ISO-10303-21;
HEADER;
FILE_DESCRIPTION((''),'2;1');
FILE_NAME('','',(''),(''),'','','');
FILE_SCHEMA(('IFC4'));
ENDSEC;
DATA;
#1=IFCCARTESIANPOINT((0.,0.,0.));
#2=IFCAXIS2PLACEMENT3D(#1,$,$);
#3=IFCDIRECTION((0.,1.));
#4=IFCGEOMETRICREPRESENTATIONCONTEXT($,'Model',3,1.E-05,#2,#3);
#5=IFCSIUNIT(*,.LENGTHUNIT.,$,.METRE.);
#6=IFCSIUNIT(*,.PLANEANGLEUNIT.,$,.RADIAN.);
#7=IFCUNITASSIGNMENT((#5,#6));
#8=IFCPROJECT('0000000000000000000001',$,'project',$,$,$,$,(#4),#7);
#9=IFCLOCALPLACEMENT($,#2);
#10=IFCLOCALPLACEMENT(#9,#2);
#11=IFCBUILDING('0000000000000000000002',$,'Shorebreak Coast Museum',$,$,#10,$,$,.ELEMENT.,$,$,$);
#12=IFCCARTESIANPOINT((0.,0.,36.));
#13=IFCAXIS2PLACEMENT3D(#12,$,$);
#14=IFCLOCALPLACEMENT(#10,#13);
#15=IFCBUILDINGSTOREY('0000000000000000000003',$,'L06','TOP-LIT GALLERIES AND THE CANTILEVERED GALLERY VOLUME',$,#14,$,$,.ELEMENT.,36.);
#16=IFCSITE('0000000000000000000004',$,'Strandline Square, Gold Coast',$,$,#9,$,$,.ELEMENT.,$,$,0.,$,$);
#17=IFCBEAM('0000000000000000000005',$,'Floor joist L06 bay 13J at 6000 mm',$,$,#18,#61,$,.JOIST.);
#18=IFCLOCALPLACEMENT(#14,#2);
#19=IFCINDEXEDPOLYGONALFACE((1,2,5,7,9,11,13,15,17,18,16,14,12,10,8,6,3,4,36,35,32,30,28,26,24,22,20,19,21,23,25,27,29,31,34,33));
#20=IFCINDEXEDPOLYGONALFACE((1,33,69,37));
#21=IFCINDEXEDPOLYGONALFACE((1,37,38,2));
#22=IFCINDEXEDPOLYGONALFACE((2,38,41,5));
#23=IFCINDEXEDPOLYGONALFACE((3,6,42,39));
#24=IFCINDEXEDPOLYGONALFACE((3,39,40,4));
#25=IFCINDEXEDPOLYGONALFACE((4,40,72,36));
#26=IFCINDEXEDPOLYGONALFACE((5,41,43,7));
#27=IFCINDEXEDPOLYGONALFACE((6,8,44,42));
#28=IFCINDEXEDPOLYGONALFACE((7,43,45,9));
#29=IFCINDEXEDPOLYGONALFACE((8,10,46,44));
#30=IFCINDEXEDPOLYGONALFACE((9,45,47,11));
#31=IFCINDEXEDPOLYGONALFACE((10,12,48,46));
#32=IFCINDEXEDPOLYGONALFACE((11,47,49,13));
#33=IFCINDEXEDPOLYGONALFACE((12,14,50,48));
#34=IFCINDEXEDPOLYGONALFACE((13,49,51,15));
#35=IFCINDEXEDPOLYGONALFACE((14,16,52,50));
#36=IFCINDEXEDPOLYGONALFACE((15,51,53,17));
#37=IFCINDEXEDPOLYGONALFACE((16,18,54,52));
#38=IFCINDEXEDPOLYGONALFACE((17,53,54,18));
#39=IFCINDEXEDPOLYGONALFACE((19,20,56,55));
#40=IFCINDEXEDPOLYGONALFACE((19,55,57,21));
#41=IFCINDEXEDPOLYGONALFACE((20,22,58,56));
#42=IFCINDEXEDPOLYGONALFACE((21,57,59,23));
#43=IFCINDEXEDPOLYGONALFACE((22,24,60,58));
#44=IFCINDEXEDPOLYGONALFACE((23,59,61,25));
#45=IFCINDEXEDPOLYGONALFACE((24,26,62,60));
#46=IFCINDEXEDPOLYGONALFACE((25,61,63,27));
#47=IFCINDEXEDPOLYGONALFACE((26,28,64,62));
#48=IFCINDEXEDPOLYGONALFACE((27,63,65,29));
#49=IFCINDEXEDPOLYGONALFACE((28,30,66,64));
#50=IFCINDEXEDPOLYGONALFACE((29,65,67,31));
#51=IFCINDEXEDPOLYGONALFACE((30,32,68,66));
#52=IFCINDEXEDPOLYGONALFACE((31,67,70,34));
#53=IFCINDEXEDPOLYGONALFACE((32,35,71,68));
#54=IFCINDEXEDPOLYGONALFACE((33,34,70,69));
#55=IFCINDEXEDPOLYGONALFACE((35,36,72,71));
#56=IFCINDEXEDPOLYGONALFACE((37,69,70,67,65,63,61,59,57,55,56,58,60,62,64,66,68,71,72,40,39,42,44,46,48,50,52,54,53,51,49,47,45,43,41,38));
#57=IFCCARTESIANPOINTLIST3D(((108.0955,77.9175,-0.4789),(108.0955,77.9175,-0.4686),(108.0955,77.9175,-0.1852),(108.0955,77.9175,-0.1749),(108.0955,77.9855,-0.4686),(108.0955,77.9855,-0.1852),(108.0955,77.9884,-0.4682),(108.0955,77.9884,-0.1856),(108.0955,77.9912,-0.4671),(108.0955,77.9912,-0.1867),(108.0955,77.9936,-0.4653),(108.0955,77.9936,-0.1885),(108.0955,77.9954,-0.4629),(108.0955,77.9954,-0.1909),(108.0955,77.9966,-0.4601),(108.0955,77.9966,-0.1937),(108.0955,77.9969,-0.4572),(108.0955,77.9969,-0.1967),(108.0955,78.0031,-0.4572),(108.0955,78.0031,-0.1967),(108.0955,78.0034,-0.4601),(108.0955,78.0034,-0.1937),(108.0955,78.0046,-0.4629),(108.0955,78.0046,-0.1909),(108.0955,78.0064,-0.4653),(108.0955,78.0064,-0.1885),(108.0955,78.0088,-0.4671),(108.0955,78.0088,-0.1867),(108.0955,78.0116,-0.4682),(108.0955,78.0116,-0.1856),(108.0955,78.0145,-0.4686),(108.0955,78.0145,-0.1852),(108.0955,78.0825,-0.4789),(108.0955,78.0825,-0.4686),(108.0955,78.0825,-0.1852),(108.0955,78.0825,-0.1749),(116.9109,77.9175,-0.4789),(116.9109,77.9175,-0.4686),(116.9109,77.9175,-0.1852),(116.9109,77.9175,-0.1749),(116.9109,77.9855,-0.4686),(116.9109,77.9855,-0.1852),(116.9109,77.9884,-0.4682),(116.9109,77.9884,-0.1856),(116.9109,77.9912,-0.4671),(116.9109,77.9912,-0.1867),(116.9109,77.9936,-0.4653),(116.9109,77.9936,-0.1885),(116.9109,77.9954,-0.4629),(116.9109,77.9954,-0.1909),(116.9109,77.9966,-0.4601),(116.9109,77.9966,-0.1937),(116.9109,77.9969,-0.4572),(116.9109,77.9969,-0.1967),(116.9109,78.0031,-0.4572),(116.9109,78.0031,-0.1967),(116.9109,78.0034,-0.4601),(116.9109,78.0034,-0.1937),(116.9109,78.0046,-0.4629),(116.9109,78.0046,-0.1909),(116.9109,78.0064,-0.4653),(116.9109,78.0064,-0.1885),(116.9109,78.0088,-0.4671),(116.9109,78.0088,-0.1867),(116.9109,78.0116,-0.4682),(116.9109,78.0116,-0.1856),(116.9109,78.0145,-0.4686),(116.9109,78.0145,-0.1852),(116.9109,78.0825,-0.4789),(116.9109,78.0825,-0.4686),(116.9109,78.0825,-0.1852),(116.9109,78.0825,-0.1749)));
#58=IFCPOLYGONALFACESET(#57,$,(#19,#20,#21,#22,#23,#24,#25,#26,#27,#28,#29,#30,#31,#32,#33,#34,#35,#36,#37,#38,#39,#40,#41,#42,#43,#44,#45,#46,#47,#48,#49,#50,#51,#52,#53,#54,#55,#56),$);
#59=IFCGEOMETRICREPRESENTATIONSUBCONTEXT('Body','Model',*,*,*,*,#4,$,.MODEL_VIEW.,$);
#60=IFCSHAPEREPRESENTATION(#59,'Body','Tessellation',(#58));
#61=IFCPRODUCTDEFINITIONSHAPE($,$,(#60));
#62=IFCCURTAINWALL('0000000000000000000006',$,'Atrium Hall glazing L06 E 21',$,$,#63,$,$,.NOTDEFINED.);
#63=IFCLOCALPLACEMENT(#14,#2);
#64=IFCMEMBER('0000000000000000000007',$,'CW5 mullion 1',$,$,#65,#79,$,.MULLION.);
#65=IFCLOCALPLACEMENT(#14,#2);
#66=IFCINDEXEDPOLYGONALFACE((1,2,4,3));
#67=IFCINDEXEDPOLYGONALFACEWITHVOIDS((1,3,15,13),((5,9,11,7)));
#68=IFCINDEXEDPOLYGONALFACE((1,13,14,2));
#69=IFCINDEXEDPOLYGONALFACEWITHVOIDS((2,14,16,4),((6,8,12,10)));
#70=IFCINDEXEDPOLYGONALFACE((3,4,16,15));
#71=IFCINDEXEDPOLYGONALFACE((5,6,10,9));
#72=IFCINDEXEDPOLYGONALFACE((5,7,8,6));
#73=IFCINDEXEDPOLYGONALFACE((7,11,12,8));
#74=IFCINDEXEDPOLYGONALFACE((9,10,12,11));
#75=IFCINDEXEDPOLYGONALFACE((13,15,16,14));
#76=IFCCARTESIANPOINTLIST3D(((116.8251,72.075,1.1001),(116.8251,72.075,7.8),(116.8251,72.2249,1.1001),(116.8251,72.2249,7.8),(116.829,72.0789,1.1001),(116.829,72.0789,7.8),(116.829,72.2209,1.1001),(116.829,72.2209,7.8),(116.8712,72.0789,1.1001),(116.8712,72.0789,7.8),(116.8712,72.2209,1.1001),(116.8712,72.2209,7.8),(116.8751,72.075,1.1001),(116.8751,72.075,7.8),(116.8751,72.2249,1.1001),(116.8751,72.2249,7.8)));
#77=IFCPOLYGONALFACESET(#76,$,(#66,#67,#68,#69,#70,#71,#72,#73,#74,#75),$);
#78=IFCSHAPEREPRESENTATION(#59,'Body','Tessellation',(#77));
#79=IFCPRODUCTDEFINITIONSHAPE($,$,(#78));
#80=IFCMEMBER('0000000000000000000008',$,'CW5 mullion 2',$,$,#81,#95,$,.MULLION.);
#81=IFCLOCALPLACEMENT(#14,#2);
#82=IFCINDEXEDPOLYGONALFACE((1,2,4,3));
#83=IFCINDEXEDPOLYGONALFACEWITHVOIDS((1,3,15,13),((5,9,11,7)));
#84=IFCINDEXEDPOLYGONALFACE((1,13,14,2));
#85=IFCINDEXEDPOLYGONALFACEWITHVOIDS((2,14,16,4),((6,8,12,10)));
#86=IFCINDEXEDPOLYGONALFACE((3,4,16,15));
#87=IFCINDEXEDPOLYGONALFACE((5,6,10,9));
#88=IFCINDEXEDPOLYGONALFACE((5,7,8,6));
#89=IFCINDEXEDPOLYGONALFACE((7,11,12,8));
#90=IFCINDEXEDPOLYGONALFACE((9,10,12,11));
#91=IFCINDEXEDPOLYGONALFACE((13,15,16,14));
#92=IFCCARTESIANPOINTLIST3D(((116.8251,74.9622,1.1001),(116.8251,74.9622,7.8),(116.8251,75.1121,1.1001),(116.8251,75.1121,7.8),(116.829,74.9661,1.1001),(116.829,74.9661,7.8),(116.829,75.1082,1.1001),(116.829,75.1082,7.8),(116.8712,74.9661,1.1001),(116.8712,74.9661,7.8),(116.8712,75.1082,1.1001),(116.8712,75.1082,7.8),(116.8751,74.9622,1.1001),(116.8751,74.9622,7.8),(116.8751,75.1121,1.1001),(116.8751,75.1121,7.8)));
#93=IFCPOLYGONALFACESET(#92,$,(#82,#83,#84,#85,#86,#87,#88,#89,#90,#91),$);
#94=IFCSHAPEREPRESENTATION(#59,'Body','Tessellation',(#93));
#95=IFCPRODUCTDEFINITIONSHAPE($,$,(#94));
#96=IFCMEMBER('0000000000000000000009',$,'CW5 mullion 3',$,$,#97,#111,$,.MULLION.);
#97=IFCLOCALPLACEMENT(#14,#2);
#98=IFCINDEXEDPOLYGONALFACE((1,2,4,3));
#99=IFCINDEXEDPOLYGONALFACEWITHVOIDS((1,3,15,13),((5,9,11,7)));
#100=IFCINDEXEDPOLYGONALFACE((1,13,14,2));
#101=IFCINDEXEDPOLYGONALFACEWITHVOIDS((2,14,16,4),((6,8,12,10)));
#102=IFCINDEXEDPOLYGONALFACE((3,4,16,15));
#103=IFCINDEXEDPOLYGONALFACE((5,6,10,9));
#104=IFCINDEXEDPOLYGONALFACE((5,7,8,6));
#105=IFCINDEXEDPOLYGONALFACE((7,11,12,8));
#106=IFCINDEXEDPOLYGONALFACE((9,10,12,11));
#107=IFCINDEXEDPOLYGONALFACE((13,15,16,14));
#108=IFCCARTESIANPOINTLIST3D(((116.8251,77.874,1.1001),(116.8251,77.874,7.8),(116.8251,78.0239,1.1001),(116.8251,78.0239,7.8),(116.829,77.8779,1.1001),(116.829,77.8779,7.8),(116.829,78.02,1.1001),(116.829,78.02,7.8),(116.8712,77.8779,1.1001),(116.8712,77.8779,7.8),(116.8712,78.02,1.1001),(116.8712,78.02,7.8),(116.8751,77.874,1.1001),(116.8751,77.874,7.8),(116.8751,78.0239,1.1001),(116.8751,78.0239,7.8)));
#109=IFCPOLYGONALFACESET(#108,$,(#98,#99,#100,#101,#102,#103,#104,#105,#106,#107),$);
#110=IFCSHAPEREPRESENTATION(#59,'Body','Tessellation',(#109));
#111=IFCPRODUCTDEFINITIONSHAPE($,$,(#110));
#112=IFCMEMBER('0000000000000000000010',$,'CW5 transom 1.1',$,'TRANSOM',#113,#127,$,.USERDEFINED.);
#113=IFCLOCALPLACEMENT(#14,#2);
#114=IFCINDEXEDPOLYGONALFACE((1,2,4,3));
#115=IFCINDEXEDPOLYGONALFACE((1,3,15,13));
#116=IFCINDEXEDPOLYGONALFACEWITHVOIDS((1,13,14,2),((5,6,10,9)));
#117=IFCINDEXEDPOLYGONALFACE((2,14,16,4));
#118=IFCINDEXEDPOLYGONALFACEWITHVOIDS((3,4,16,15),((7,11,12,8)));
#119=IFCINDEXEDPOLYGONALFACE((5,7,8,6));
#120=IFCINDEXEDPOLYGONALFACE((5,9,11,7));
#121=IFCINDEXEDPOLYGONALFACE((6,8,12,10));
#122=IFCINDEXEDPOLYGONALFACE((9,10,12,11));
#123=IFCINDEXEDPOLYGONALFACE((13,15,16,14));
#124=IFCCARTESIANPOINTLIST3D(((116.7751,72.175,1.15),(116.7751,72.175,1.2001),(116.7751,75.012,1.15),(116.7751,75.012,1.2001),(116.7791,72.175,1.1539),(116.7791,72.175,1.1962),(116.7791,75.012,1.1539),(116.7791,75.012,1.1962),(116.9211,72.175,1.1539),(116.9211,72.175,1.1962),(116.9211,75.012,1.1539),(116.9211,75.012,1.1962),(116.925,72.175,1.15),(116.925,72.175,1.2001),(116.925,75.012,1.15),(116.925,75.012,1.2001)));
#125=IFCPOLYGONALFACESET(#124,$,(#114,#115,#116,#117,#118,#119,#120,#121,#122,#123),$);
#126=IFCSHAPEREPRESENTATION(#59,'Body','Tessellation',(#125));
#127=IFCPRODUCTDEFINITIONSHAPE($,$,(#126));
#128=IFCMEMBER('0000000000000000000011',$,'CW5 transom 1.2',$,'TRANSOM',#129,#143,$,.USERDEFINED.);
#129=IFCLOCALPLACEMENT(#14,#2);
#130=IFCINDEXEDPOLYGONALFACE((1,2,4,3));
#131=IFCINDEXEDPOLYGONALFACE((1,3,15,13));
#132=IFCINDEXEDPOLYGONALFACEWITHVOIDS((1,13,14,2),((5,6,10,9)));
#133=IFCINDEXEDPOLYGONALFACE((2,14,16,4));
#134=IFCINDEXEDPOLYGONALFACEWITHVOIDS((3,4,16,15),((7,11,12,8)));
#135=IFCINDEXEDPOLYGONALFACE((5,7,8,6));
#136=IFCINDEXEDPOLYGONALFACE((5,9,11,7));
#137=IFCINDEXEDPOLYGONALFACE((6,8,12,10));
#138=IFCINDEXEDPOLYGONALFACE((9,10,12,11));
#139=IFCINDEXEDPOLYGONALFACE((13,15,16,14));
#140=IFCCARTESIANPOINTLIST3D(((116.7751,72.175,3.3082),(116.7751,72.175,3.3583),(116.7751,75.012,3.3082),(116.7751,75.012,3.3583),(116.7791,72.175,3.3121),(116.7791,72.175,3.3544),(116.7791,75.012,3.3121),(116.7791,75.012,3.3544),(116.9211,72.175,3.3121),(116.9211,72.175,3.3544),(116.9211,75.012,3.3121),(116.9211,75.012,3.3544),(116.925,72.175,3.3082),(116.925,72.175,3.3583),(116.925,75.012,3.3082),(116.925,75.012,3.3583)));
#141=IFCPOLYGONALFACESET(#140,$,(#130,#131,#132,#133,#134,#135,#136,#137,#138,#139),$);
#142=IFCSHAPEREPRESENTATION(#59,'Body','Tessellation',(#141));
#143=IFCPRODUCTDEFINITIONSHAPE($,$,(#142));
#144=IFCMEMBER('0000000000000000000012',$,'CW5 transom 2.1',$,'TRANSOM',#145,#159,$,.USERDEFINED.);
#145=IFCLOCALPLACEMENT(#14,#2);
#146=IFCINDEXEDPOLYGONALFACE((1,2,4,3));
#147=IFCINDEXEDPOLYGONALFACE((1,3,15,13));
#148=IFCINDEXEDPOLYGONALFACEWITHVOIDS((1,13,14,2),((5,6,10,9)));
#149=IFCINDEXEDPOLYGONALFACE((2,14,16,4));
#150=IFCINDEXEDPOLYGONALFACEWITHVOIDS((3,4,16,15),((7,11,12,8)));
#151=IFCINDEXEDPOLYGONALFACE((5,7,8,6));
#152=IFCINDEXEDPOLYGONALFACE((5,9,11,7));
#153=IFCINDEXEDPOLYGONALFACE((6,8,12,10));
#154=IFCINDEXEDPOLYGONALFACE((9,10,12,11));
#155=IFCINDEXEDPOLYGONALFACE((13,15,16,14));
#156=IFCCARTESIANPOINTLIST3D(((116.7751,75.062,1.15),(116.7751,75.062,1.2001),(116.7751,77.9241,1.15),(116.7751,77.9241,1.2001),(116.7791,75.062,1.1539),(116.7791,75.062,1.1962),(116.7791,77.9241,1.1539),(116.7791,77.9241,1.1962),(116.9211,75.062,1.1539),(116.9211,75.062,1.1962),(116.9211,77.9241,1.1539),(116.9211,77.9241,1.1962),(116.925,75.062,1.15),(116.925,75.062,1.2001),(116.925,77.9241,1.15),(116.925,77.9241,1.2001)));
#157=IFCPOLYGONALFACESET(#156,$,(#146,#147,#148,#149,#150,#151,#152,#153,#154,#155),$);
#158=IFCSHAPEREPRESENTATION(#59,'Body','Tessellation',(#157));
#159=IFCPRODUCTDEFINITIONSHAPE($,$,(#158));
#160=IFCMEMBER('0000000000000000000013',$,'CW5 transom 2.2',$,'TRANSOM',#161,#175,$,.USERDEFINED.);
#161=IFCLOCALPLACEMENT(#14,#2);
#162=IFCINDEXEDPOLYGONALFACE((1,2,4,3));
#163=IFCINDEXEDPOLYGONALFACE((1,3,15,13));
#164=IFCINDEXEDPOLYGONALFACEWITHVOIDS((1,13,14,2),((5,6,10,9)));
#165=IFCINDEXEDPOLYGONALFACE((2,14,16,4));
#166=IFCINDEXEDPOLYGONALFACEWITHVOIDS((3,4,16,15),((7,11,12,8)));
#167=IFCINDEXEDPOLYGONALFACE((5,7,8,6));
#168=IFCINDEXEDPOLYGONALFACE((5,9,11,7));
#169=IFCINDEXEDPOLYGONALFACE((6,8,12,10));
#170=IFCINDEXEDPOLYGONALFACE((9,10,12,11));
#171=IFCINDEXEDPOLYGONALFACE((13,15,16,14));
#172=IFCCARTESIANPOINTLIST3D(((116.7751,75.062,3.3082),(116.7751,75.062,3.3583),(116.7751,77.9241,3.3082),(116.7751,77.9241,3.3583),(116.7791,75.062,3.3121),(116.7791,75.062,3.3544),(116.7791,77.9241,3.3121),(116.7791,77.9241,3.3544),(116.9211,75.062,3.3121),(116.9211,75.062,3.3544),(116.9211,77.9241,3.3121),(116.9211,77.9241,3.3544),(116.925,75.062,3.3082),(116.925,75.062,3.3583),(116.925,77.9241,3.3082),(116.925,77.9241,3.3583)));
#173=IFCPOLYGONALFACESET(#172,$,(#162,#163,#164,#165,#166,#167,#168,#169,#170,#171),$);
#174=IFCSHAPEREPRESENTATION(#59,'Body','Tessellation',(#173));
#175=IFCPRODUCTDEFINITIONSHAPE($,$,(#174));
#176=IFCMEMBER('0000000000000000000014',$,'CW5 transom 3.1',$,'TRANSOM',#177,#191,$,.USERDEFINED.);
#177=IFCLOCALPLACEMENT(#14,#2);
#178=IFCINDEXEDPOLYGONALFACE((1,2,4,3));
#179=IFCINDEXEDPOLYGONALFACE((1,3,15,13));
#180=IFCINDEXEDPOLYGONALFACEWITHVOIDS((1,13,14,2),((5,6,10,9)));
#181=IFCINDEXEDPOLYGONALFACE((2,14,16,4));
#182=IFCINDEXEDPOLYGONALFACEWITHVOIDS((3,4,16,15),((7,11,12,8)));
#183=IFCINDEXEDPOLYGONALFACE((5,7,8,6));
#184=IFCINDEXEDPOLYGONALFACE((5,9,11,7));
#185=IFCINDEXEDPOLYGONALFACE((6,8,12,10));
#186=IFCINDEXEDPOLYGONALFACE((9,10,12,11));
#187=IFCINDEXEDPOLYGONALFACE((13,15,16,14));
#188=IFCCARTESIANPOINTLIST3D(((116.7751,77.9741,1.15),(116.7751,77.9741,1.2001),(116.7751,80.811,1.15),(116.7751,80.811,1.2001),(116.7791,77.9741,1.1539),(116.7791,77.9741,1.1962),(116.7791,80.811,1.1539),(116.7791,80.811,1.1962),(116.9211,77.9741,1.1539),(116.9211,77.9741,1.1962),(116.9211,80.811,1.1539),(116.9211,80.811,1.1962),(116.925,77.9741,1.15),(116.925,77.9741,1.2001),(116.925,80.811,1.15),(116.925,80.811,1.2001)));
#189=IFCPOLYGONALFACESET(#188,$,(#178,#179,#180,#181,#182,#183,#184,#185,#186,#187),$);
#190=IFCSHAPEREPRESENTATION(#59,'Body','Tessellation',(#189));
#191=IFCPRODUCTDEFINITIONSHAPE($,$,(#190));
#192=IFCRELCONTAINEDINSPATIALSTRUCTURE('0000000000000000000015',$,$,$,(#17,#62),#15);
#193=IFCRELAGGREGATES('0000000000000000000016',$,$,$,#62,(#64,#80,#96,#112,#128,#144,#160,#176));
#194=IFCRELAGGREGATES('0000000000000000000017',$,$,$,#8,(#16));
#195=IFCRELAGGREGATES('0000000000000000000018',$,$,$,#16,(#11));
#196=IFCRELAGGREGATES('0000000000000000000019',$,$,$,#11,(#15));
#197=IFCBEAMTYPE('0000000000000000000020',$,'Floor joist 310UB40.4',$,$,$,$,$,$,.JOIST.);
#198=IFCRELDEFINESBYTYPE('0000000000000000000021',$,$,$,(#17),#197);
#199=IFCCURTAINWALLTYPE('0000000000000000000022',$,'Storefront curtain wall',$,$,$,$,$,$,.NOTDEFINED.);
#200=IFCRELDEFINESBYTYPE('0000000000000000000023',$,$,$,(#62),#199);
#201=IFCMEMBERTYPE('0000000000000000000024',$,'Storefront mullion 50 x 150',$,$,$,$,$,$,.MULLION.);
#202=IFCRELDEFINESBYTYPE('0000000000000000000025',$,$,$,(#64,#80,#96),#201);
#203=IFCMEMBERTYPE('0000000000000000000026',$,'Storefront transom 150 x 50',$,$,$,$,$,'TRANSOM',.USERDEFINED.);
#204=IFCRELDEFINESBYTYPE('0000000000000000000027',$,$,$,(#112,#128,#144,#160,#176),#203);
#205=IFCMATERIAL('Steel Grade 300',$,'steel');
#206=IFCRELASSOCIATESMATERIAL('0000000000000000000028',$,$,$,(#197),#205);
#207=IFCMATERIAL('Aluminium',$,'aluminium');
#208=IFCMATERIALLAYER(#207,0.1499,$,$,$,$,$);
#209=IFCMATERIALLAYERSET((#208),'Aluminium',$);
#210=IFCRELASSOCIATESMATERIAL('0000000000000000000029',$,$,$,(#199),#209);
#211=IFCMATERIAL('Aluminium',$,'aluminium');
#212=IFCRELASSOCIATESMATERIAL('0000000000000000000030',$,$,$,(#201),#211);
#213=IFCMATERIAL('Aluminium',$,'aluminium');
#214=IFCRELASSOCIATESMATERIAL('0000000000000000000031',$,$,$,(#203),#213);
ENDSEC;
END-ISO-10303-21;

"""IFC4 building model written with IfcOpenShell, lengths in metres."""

from ifc_helpers import new_model, si_unit, direction, frame, origin, origin_2d, place, context, subcontext, project, spatial, hollow_rectangle, i_section, extrude, material, layer, layer_set, material_profile, profile_set, type_object, element, aggregate, save


model = new_model("IFC4")

# Units and contexts
model_context = context("Model", 3, precision=1e-05, world=origin(), true_north=direction((0.0, 1.0)))
body_context = subcontext(model_context, "Body", "Model", "MODEL_VIEW")
ifc_project = project(units=[si_unit("LENGTHUNIT", "METRE"), si_unit("PLANEANGLEUNIT", "RADIAN")], contexts=[model_context])

# Site, building, storey
site_placement = place(None, origin())
site = spatial("IfcSite", under=ifc_project, at=site_placement, Name="Strandline Square, Gold Coast", CompositionType="ELEMENT", RefElevation=0.0)
building_placement = place(site_placement, origin())
building = spatial("IfcBuilding", under=site, at=building_placement, Name="Shorebreak Coast Museum", CompositionType="ELEMENT")
storey_placement = place(building_placement, frame((0.0, 0.0, 36.0)))
storey = spatial("IfcBuildingStorey", under=building, at=storey_placement, Name="L06", Description="TOP-LIT GALLERIES AND THE CANTILEVERED GALLERY VOLUME", CompositionType="ELEMENT", Elevation=36.0)

# Beam
ifc_material_1 = material(Name="Steel Grade 300", Category="steel")
ifc_material_profile_1 = material_profile(ifc_material_1, i_section(OverallWidth=0.165, OverallDepth=0.304, WebThickness=0.0061, FlangeThickness=0.0103, FilletRadius=0.0115, at=origin_2d()), Name="310UB40.4")
ifc_profile_set_1 = profile_set([ifc_material_profile_1], Name="Steel Grade 300")
beam_type_1 = type_object("IfcBeamType", Name="Floor joist 310UB40.4", PredefinedType="JOIST", material=ifc_profile_set_1)
beam_1_placement = place(storey_placement, frame((108.0955, 78.0, -0.3269), z_axis=(1.0, 0.0, 0.0), x_axis=(0.0, 1.0, 0.0)))
element("IfcBeam", 1, at=beam_1_placement, inside=storey, type_object=beam_type_1, Name="Floor joist L06 bay 13J at 6000 mm", PredefinedType="JOIST", context=body_context, shape_type="SweptSolid", body=[
    extrude(i_section(OverallWidth=0.165, OverallDepth=0.304, WebThickness=0.0061, FlangeThickness=0.0103, FilletRadius=0.0115, at=origin_2d()), origin(), (0.0, 0.0, 1.0), 8.8154),
])

# Curtain wall, members
ifc_material_2 = material(Name="Aluminium", Category="aluminium")
ifc_layer_1 = layer(ifc_material_2, 0.1499)
ifc_layer_set_1 = layer_set([ifc_layer_1], Name="Aluminium")
curtain_wall_type = type_object("IfcCurtainWallType", Name="Storefront curtain wall", PredefinedType="NOTDEFINED", material=ifc_layer_set_1)
curtain_wall_placement = place(storey_placement, origin())
curtain_wall = element("IfcCurtainWall", 2, at=curtain_wall_placement, inside=storey, type_object=curtain_wall_type, Name="Atrium Hall glazing L06 E 21", PredefinedType="NOTDEFINED")
ifc_material_3 = material(Name="Aluminium", Category="aluminium")
ifc_material_profile_2 = material_profile(ifc_material_3, hollow_rectangle(XDim=0.05, YDim=0.1499, WallThickness=0.0039, at=origin_2d()), Name="AL 150x50 RHS")
ifc_profile_set_2 = profile_set([ifc_material_profile_2], Name="Aluminium")
member_type_1 = type_object("IfcMemberType", Name="Storefront mullion 50 x 150", PredefinedType="MULLION", material=ifc_profile_set_2)
member_1_placement = place(storey_placement, frame((116.8501, 72.1499, 1.1001), z_axis=(0.0, 0.0, 1.0), x_axis=(-1.0, 0.0, 0.0)))
member_1 = element("IfcMember", 3, at=member_1_placement, type_object=member_type_1, Name="CW5 mullion 1", PredefinedType="MULLION", context=body_context, shape_type="SweptSolid", body=[
    extrude(hollow_rectangle(XDim=0.05, YDim=0.1499, WallThickness=0.0039, at=origin_2d()), origin(), (0.0, 0.0, 1.0), 6.7),
])
member_2_placement = place(storey_placement, frame((116.8501, 75.0371, 1.1001), z_axis=(0.0, 0.0, 1.0), x_axis=(-1.0, 0.0, 0.0)))
member_2 = element("IfcMember", 4, at=member_2_placement, type_object=member_type_1, Name="CW5 mullion 2", PredefinedType="MULLION", context=body_context, shape_type="SweptSolid", body=[
    extrude(hollow_rectangle(XDim=0.05, YDim=0.1499, WallThickness=0.0039, at=origin_2d()), origin(), (0.0, 0.0, 1.0), 6.7),
])
member_3_placement = place(storey_placement, frame((116.8501, 77.949, 1.1001), z_axis=(0.0, 0.0, 1.0), x_axis=(-1.0, 0.0, 0.0)))
member_3 = element("IfcMember", 5, at=member_3_placement, type_object=member_type_1, Name="CW5 mullion 3", PredefinedType="MULLION", context=body_context, shape_type="SweptSolid", body=[
    extrude(hollow_rectangle(XDim=0.05, YDim=0.1499, WallThickness=0.0039, at=origin_2d()), origin(), (0.0, 0.0, 1.0), 6.7),
])
ifc_material_4 = material(Name="Aluminium", Category="aluminium")
ifc_material_profile_3 = material_profile(ifc_material_4, hollow_rectangle(XDim=0.1499, YDim=0.05, WallThickness=0.0039, at=origin_2d()), Name="AL 50x150 RHS")
ifc_profile_set_3 = profile_set([ifc_material_profile_3], Name="Aluminium")
member_type_2 = type_object("IfcMemberType", Name="Storefront transom 150 x 50", ElementType="TRANSOM", PredefinedType="USERDEFINED", material=ifc_profile_set_3)
member_4_placement = place(storey_placement, frame((116.8501, 72.175, 1.175), z_axis=(0.0, 1.0, 0.0), x_axis=(-1.0, 0.0, 0.0)))
member_4 = element("IfcMember", 6, at=member_4_placement, type_object=member_type_2, Name="CW5 transom 1.1", ObjectType="TRANSOM", PredefinedType="USERDEFINED", context=body_context, shape_type="SweptSolid", body=[
    extrude(hollow_rectangle(XDim=0.1499, YDim=0.05, WallThickness=0.0039, at=origin_2d()), origin(), (0.0, 0.0, 1.0), 2.8369),
])
member_5_placement = place(storey_placement, frame((116.8501, 72.175, 3.3333), z_axis=(0.0, 1.0, 0.0), x_axis=(-1.0, 0.0, 0.0)))
member_5 = element("IfcMember", 7, at=member_5_placement, type_object=member_type_2, Name="CW5 transom 1.2", ObjectType="TRANSOM", PredefinedType="USERDEFINED", context=body_context, shape_type="SweptSolid", body=[
    extrude(hollow_rectangle(XDim=0.1499, YDim=0.05, WallThickness=0.0039, at=origin_2d()), origin(), (0.0, 0.0, 1.0), 2.8369),
])
member_6_placement = place(storey_placement, frame((116.8501, 75.062, 1.175), z_axis=(0.0, 1.0, 0.0), x_axis=(-1.0, 0.0, 0.0)))
member_6 = element("IfcMember", 8, at=member_6_placement, type_object=member_type_2, Name="CW5 transom 2.1", ObjectType="TRANSOM", PredefinedType="USERDEFINED", context=body_context, shape_type="SweptSolid", body=[
    extrude(hollow_rectangle(XDim=0.1499, YDim=0.05, WallThickness=0.0039, at=origin_2d()), origin(), (0.0, 0.0, 1.0), 2.8621),
])
member_7_placement = place(storey_placement, frame((116.8501, 75.062, 3.3333), z_axis=(0.0, 1.0, 0.0), x_axis=(-1.0, 0.0, 0.0)))
member_7 = element("IfcMember", 9, at=member_7_placement, type_object=member_type_2, Name="CW5 transom 2.2", ObjectType="TRANSOM", PredefinedType="USERDEFINED", context=body_context, shape_type="SweptSolid", body=[
    extrude(hollow_rectangle(XDim=0.1499, YDim=0.05, WallThickness=0.0039, at=origin_2d()), origin(), (0.0, 0.0, 1.0), 2.8621),
])
member_8_placement = place(storey_placement, frame((116.8501, 77.9741, 1.175), z_axis=(0.0, 1.0, 0.0), x_axis=(-1.0, 0.0, 0.0)))
member_8 = element("IfcMember", 10, at=member_8_placement, type_object=member_type_2, Name="CW5 transom 3.1", ObjectType="TRANSOM", PredefinedType="USERDEFINED", context=body_context, shape_type="SweptSolid", body=[
    extrude(hollow_rectangle(XDim=0.1499, YDim=0.05, WallThickness=0.0039, at=origin_2d()), origin(), (0.0, 0.0, 1.0), 2.8369),
])
aggregate(curtain_wall, [member_1, member_2, member_3, member_4, member_5, member_6, member_7, member_8])

save(model, "model.ifc")
